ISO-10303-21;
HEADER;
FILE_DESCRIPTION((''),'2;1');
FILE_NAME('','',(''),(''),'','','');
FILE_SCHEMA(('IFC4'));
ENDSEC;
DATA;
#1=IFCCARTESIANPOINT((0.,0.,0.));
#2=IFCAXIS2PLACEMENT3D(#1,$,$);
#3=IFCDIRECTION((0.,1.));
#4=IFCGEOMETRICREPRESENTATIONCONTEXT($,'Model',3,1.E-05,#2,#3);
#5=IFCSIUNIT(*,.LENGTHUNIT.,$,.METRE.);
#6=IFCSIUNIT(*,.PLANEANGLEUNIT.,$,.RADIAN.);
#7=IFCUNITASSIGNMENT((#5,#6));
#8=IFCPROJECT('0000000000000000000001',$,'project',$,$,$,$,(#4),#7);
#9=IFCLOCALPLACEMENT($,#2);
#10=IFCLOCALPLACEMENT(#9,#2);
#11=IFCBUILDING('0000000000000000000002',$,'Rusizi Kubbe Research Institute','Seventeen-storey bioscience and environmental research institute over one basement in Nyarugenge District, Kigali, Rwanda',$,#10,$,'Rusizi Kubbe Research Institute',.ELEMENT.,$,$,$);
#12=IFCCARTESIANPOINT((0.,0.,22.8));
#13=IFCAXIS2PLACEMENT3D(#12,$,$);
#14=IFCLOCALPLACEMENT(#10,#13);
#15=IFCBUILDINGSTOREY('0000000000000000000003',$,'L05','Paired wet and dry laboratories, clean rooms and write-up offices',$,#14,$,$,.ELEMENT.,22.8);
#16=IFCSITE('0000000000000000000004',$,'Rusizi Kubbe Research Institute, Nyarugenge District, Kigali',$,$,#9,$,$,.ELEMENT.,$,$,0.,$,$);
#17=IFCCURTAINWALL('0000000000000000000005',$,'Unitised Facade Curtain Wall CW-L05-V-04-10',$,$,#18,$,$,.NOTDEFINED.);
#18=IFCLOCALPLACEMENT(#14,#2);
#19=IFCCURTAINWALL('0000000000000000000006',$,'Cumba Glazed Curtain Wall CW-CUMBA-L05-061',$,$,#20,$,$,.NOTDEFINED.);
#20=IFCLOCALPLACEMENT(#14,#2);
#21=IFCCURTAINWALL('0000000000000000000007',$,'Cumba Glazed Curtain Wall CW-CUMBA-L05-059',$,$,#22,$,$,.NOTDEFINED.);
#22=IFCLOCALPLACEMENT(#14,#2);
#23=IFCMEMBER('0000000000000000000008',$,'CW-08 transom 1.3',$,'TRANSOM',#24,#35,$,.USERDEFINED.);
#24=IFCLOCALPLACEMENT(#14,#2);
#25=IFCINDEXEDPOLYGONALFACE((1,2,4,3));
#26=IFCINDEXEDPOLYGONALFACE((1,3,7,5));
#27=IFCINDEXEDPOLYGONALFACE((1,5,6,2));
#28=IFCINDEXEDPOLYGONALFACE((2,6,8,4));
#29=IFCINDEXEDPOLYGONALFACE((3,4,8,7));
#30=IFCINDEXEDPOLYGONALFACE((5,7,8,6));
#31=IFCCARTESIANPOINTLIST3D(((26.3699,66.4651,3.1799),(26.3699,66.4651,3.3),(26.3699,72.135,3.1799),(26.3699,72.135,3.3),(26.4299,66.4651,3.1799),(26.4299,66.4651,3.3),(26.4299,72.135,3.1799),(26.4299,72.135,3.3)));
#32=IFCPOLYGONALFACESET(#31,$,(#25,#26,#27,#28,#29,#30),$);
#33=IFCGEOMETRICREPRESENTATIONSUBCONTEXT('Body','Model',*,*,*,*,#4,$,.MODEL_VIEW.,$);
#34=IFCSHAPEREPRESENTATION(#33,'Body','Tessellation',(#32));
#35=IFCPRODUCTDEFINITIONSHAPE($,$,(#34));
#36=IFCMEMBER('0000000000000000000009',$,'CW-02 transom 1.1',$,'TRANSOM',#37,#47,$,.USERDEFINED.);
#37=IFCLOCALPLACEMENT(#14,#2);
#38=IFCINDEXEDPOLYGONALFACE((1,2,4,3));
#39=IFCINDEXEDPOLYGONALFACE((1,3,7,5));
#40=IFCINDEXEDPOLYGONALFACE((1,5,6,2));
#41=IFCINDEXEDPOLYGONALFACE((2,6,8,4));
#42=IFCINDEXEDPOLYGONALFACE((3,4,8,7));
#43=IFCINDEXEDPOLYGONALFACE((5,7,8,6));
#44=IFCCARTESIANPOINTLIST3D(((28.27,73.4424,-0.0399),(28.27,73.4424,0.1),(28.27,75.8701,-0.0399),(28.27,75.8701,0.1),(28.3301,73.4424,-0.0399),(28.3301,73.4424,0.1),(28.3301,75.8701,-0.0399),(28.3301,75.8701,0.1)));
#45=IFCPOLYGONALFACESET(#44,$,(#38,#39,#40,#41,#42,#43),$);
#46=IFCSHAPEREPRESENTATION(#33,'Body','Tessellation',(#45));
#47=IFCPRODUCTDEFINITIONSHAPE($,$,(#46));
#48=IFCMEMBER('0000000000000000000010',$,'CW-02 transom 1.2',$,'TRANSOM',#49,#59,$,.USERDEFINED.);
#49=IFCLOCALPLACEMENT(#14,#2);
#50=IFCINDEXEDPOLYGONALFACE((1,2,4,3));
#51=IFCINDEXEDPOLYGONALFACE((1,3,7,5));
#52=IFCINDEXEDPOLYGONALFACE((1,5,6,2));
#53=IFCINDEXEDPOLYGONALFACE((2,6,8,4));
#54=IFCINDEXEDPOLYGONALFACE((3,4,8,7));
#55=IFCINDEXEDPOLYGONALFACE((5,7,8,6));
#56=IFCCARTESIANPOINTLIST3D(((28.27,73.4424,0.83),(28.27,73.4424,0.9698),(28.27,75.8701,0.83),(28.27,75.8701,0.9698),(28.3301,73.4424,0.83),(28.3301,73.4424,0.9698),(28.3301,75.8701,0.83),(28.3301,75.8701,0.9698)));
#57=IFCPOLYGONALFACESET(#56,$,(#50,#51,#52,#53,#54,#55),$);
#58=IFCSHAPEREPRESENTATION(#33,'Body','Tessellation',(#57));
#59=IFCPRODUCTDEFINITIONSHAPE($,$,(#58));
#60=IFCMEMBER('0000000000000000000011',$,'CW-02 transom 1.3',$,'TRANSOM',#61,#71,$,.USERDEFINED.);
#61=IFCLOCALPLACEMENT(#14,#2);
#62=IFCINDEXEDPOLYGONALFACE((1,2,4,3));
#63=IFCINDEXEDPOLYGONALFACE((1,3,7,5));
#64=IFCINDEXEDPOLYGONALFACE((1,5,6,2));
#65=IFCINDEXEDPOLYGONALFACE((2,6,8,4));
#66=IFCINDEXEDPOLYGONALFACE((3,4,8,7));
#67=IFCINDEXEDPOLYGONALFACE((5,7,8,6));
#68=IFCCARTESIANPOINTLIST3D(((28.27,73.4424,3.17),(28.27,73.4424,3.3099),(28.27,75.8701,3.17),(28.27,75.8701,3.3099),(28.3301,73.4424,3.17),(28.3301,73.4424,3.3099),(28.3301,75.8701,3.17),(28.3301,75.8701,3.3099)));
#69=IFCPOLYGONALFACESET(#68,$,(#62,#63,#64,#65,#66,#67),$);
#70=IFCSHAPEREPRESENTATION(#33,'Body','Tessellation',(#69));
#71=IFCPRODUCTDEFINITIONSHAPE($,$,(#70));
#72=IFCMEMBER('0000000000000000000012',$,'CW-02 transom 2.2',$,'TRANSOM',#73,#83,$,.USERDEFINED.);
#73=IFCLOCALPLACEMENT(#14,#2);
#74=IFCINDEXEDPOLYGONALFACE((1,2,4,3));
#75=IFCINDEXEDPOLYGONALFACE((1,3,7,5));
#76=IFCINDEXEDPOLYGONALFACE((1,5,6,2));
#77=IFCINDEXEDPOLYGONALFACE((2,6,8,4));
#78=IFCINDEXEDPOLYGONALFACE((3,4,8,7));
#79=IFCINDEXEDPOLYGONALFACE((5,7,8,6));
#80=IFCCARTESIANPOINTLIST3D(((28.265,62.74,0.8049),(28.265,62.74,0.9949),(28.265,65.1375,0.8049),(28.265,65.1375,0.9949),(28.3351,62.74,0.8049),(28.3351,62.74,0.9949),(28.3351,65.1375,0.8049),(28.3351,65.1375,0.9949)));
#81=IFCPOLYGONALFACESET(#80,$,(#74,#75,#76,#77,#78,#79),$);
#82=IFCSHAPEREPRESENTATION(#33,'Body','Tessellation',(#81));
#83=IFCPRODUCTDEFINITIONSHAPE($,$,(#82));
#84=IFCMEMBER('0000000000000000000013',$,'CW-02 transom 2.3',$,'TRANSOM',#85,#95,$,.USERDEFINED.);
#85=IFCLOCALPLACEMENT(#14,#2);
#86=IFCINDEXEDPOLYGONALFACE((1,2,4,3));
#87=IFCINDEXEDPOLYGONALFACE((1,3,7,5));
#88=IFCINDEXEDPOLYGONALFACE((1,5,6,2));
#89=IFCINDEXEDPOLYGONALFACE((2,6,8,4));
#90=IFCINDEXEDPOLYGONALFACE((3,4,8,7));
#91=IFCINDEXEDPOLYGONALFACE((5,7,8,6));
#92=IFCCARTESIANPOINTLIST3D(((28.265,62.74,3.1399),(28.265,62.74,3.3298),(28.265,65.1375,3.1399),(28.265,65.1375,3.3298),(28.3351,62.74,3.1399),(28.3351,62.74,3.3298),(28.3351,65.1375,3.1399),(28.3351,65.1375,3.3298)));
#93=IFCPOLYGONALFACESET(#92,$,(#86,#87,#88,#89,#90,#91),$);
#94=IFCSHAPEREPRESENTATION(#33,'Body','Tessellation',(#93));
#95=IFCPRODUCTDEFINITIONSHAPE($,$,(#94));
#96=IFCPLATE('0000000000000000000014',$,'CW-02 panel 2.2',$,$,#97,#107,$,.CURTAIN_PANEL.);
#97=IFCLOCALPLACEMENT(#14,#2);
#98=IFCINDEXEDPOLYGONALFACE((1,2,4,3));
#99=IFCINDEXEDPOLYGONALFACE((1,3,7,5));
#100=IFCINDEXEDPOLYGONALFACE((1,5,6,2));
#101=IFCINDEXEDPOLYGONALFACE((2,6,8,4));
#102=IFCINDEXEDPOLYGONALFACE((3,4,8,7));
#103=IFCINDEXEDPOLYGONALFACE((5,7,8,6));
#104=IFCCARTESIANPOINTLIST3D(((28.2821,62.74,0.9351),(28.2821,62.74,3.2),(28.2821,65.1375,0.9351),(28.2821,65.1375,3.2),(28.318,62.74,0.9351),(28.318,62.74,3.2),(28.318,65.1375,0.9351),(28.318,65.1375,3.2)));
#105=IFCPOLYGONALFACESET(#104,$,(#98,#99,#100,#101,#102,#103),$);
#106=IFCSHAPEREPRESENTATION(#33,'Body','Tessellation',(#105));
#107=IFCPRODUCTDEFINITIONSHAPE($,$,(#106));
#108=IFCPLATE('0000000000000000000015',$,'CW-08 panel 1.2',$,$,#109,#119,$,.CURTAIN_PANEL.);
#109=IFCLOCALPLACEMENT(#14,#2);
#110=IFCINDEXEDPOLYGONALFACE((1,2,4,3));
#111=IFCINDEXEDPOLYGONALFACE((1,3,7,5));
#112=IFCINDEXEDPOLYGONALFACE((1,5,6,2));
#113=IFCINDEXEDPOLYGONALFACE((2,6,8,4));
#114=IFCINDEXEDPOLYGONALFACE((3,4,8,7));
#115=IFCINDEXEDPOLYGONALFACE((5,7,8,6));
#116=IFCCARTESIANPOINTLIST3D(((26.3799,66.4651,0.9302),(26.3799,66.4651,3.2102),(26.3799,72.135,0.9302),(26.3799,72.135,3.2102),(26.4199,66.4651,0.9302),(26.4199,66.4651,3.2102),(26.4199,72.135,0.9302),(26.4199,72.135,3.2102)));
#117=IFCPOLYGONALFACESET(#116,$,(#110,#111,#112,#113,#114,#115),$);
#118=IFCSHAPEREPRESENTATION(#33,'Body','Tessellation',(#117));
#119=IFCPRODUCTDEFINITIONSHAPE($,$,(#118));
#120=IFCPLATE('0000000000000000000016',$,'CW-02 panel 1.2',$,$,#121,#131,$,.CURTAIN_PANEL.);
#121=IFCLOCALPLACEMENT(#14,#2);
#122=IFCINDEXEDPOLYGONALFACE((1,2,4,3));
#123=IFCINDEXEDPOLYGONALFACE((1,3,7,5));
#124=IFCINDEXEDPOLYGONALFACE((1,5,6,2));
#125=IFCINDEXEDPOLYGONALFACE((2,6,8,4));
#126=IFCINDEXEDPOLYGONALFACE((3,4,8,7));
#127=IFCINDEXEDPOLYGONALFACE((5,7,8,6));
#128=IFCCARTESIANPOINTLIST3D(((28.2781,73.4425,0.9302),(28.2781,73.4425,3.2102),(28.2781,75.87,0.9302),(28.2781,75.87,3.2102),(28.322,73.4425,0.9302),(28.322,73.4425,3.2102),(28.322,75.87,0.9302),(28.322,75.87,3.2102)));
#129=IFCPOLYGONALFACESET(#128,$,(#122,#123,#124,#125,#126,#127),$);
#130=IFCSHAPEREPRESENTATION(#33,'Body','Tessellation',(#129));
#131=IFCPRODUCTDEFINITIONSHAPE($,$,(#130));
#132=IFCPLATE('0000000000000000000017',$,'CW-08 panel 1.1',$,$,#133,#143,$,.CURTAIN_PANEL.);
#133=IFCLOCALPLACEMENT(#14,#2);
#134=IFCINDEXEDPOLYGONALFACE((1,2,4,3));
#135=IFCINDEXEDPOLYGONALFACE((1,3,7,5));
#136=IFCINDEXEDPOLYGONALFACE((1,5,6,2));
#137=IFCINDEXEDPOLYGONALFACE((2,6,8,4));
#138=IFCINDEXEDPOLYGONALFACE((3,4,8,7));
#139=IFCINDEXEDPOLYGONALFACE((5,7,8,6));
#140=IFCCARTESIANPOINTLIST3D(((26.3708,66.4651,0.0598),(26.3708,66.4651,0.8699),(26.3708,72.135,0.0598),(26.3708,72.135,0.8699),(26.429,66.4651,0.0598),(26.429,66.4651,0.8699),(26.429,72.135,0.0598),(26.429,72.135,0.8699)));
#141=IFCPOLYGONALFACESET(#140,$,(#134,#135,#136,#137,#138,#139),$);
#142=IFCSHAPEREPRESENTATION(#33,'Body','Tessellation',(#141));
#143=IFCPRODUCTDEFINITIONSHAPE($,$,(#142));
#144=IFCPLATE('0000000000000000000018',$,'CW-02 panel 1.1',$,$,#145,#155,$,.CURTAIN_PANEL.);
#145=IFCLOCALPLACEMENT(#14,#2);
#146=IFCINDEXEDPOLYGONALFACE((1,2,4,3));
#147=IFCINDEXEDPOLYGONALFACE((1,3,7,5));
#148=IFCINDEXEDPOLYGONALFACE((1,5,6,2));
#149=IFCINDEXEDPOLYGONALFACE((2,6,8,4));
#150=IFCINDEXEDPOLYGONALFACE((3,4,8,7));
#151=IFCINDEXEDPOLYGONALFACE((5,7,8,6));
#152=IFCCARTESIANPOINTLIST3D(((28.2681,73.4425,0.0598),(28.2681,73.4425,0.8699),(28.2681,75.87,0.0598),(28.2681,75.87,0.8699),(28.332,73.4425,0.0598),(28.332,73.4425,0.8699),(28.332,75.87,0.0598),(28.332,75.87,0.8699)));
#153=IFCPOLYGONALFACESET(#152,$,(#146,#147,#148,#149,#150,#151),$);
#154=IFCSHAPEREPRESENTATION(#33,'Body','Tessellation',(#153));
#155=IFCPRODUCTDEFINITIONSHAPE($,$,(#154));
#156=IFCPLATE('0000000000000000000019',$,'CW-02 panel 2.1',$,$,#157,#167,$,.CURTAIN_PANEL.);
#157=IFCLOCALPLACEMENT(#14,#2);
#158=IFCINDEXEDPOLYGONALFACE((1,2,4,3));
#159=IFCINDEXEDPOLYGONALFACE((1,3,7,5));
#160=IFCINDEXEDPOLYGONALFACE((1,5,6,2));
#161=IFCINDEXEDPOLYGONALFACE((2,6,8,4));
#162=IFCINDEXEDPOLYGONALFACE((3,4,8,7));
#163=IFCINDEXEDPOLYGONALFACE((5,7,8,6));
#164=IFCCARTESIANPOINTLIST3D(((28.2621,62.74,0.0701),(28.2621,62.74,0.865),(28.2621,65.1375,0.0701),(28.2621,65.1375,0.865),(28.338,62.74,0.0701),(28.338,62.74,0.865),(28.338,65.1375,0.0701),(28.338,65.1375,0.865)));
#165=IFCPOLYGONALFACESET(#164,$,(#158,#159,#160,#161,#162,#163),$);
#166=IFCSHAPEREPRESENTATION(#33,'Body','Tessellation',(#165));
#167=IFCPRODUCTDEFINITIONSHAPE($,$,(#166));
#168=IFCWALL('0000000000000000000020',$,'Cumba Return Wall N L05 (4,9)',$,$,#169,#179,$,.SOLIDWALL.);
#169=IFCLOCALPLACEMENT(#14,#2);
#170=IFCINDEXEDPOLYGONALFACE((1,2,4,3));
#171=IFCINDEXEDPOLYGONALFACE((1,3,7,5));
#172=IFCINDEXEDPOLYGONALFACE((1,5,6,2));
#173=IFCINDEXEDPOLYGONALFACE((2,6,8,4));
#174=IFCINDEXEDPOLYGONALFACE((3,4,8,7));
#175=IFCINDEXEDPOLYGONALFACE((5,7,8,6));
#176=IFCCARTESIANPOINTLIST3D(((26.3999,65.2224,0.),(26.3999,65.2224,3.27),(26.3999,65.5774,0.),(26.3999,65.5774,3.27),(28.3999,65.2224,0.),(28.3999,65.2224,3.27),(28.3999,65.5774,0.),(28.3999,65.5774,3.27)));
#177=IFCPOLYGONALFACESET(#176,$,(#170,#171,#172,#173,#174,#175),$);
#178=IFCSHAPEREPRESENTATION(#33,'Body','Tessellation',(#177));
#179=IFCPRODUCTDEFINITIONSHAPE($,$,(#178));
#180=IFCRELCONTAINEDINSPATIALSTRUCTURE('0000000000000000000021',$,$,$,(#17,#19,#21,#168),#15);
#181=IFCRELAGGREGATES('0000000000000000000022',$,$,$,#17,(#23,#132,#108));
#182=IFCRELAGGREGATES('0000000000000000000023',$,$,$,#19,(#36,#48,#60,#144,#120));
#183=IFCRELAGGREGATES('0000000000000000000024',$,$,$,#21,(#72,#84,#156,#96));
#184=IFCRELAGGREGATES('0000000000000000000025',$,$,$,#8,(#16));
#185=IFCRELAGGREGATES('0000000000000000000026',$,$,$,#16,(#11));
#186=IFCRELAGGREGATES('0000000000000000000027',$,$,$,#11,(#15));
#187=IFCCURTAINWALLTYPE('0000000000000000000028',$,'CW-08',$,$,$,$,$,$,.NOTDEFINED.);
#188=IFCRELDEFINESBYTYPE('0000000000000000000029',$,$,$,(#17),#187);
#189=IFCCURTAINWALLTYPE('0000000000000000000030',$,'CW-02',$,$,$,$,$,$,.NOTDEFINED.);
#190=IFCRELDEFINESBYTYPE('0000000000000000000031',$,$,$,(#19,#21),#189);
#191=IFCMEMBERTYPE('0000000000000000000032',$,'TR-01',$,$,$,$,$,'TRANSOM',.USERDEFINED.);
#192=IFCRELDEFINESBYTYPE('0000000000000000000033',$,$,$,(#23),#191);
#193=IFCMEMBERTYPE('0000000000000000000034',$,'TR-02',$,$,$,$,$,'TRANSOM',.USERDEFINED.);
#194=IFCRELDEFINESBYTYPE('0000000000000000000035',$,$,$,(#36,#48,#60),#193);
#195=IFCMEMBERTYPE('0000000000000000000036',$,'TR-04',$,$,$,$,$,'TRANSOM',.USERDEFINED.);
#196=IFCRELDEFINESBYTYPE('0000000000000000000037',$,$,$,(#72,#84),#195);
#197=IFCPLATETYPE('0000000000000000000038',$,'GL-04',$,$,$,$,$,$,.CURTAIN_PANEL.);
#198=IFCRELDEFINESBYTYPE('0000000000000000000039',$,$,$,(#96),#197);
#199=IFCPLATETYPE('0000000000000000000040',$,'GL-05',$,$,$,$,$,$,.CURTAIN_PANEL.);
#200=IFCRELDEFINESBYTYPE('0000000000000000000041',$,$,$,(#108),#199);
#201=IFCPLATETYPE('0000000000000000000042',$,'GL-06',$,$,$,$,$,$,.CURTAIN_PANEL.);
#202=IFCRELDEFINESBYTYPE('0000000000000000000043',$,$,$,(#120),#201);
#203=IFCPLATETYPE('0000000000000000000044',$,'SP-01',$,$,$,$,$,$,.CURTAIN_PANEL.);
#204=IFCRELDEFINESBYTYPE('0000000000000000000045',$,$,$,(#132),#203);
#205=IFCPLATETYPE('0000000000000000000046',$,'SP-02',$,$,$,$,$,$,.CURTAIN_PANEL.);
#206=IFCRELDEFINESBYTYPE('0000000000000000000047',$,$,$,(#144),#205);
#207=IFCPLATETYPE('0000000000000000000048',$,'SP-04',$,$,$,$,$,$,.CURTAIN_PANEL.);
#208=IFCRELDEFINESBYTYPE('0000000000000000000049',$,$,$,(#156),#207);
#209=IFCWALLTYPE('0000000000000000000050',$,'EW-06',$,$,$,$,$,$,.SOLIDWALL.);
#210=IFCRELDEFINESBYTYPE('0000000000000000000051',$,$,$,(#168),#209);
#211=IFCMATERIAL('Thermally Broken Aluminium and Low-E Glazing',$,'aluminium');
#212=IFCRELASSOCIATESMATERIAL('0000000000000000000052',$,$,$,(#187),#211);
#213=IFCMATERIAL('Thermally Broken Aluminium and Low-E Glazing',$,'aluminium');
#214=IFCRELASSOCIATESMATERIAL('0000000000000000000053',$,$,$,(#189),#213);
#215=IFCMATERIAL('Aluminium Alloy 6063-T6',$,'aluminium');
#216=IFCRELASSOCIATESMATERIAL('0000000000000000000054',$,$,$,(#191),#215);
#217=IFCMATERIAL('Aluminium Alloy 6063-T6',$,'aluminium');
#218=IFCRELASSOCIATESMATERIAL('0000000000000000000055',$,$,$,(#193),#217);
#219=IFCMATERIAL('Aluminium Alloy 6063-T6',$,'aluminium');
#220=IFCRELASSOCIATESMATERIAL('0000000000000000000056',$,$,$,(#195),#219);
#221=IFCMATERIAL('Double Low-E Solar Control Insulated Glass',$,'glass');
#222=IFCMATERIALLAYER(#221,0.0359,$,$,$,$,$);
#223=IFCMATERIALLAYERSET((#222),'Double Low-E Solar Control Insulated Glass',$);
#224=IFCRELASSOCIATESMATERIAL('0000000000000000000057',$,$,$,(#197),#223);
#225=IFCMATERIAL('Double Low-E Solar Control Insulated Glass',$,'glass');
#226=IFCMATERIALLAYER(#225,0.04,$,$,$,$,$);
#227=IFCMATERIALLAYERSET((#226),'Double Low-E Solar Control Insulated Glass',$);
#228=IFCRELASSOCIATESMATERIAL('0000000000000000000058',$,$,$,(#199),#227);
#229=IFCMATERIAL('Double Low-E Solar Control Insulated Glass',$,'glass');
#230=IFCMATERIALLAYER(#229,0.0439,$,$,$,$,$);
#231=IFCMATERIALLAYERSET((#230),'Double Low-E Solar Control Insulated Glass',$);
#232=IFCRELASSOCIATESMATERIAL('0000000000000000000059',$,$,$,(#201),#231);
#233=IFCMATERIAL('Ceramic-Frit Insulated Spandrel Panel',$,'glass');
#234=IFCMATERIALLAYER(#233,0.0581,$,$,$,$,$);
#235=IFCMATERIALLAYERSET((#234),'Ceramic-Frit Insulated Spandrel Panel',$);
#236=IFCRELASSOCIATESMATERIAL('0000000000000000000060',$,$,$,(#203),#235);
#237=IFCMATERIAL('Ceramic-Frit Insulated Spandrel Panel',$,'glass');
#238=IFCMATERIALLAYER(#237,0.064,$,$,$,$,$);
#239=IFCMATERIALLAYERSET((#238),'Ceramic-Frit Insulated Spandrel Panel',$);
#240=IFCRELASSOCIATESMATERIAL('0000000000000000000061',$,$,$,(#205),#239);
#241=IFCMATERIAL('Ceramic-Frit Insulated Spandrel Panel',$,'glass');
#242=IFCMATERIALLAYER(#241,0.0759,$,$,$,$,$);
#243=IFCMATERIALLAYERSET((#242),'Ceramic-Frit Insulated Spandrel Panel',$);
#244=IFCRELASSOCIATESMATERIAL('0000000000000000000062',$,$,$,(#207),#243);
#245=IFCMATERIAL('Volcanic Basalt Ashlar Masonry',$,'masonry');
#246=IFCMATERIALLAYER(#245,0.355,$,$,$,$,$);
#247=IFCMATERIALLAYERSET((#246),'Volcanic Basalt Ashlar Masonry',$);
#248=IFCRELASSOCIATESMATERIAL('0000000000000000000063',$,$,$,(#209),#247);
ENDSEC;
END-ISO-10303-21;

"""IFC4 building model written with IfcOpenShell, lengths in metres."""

from ifc_helpers import new_model, si_unit, direction, frame, frame_2d, origin, origin_2d, place, context, subcontext, project, spatial, rectangle, extrude, material, layer, layer_set, material_profile, profile_set, type_object, element, aggregate, save


model = new_model("IFC4")

# Units and contexts
model_context = context("Model", 3, precision=1e-05, world=origin(), true_north=direction((0.0, 1.0)))
body_context = subcontext(model_context, "Body", "Model", "MODEL_VIEW")
ifc_project = project(units=[si_unit("LENGTHUNIT", "METRE"), si_unit("PLANEANGLEUNIT", "RADIAN")], contexts=[model_context])

# Site, building, storey
site_placement = place(None, origin())
site = spatial("IfcSite", under=ifc_project, at=site_placement, Name="Rusizi Kubbe Research Institute, Nyarugenge District, Kigali", CompositionType="ELEMENT", RefElevation=0.0)
building_placement = place(site_placement, origin())
building = spatial("IfcBuilding", under=site, at=building_placement, Name="Rusizi Kubbe Research Institute", Description="Seventeen-storey bioscience and environmental research institute over one basement in Nyarugenge District, Kigali, Rwanda", LongName="Rusizi Kubbe Research Institute", CompositionType="ELEMENT")
storey_placement = place(building_placement, frame((0.0, 0.0, 22.8)))
storey = spatial("IfcBuildingStorey", under=building, at=storey_placement, Name="L05", Description="Paired wet and dry laboratories, clean rooms and write-up offices", CompositionType="ELEMENT", Elevation=22.8)

# Curtain wall
ifc_material_1 = material(Name="Thermally Broken Aluminium and Low-E Glazing", Category="aluminium")
curtain_wall_type_1 = type_object("IfcCurtainWallType", Name="CW-08", PredefinedType="NOTDEFINED", material=ifc_material_1)
curtain_wall_1_placement = place(storey_placement, origin())
curtain_wall_1 = element("IfcCurtainWall", 1, at=curtain_wall_1_placement, inside=storey, type_object=curtain_wall_type_1, Name="Unitised Facade Curtain Wall CW-L05-V-04-10", PredefinedType="NOTDEFINED")

# Curtain walls
ifc_material_2 = material(Name="Thermally Broken Aluminium and Low-E Glazing", Category="aluminium")
curtain_wall_type_2 = type_object("IfcCurtainWallType", Name="CW-02", PredefinedType="NOTDEFINED", material=ifc_material_2)
curtain_wall_2_placement = place(storey_placement, origin())
curtain_wall_2 = element("IfcCurtainWall", 2, at=curtain_wall_2_placement, inside=storey, type_object=curtain_wall_type_2, Name="Cumba Glazed Curtain Wall CW-CUMBA-L05-061", PredefinedType="NOTDEFINED")
curtain_wall_3_placement = place(storey_placement, origin())
curtain_wall_3 = element("IfcCurtainWall", 3, at=curtain_wall_3_placement, inside=storey, type_object=curtain_wall_type_2, Name="Cumba Glazed Curtain Wall CW-CUMBA-L05-059", PredefinedType="NOTDEFINED")

# Members
ifc_material_3 = material(Name="Aluminium Alloy 6063-T6", Category="aluminium")
ifc_material_profile_1 = material_profile(ifc_material_3, rectangle(XDim=0.0601, YDim=0.1201, at=origin_2d()), Name="ALU-T 60x120")
ifc_profile_set_1 = profile_set([ifc_material_profile_1], Name="Aluminium Alloy 6063-T6")
member_type_1 = type_object("IfcMemberType", Name="TR-01", ElementType="TRANSOM", PredefinedType="USERDEFINED", material=ifc_profile_set_1)
member_1_placement = place(storey_placement, frame((26.3999, 66.4651, 3.24), z_axis=(0.0, 1.0, 0.0), x_axis=(-1.0, 0.0, 0.0)))
member_1 = element("IfcMember", 4, at=member_1_placement, type_object=member_type_1, Name="CW-08 transom 1.3", ObjectType="TRANSOM", PredefinedType="USERDEFINED", context=body_context, shape_type="SweptSolid", body=[
    extrude(rectangle(XDim=0.0601, YDim=0.1201, at=origin_2d()), origin(), (0.0, 0.0, 1.0), 5.6699),
])
ifc_material_4 = material(Name="Aluminium Alloy 6063-T6", Category="aluminium")
ifc_material_profile_2 = material_profile(ifc_material_4, rectangle(XDim=0.0601, YDim=0.1399, at=origin_2d()), Name="ALU-T 60x140")
ifc_profile_set_2 = profile_set([ifc_material_profile_2], Name="Aluminium Alloy 6063-T6")
member_type_2 = type_object("IfcMemberType", Name="TR-02", ElementType="TRANSOM", PredefinedType="USERDEFINED", material=ifc_profile_set_2)
member_2_placement = place(storey_placement, frame((28.3, 73.4424, 0.03), z_axis=(0.0, 1.0, 0.0), x_axis=(-1.0, 0.0, 0.0)))
member_2 = element("IfcMember", 5, at=member_2_placement, type_object=member_type_2, Name="CW-02 transom 1.1", ObjectType="TRANSOM", PredefinedType="USERDEFINED", context=body_context, shape_type="SweptSolid", body=[
    extrude(rectangle(XDim=0.0601, YDim=0.1399, at=origin_2d()), origin(), (0.0, 0.0, 1.0), 2.4277),
])
member_3_placement = place(storey_placement, frame((28.3, 73.4424, 0.8999), z_axis=(0.0, 1.0, 0.0), x_axis=(-1.0, 0.0, 0.0)))
member_3 = element("IfcMember", 6, at=member_3_placement, type_object=member_type_2, Name="CW-02 transom 1.2", ObjectType="TRANSOM", PredefinedType="USERDEFINED", context=body_context, shape_type="SweptSolid", body=[
    extrude(rectangle(XDim=0.0601, YDim=0.1399, at=origin_2d()), origin(), (0.0, 0.0, 1.0), 2.4277),
])
member_4_placement = place(storey_placement, frame((28.3, 73.4424, 3.24), z_axis=(0.0, 1.0, 0.0), x_axis=(-1.0, 0.0, 0.0)))
member_4 = element("IfcMember", 7, at=member_4_placement, type_object=member_type_2, Name="CW-02 transom 1.3", ObjectType="TRANSOM", PredefinedType="USERDEFINED", context=body_context, shape_type="SweptSolid", body=[
    extrude(rectangle(XDim=0.0601, YDim=0.1399, at=origin_2d()), origin(), (0.0, 0.0, 1.0), 2.4277),
])
ifc_material_5 = material(Name="Aluminium Alloy 6063-T6", Category="aluminium")
ifc_material_profile_3 = material_profile(ifc_material_5, rectangle(XDim=0.0701, YDim=0.1899, at=origin_2d()), Name="ALU-T 70x190")
ifc_profile_set_3 = profile_set([ifc_material_profile_3], Name="Aluminium Alloy 6063-T6")
member_type_3 = type_object("IfcMemberType", Name="TR-04", ElementType="TRANSOM", PredefinedType="USERDEFINED", material=ifc_profile_set_3)
member_5_placement = place(storey_placement, frame((28.3, 62.74, 0.8999), z_axis=(0.0, 1.0, 0.0), x_axis=(-1.0, 0.0, 0.0)))
member_5 = element("IfcMember", 8, at=member_5_placement, type_object=member_type_3, Name="CW-02 transom 2.2", ObjectType="TRANSOM", PredefinedType="USERDEFINED", context=body_context, shape_type="SweptSolid", body=[
    extrude(rectangle(XDim=0.0701, YDim=0.1899, at=origin_2d()), origin(), (0.0, 0.0, 1.0), 2.3975),
])
member_6_placement = place(storey_placement, frame((28.3, 62.74, 3.2349), z_axis=(0.0, 1.0, 0.0), x_axis=(-1.0, 0.0, 0.0)))
member_6 = element("IfcMember", 9, at=member_6_placement, type_object=member_type_3, Name="CW-02 transom 2.3", ObjectType="TRANSOM", PredefinedType="USERDEFINED", context=body_context, shape_type="SweptSolid", body=[
    extrude(rectangle(XDim=0.0701, YDim=0.1899, at=origin_2d()), origin(), (0.0, 0.0, 1.0), 2.3975),
])

# Plates
ifc_material_6 = material(Name="Double Low-E Solar Control Insulated Glass", Category="glass")
ifc_layer_1 = layer(ifc_material_6, 0.0359)
ifc_layer_set_1 = layer_set([ifc_layer_1], Name="Double Low-E Solar Control Insulated Glass")
plate_type_1 = type_object("IfcPlateType", Name="GL-04", PredefinedType="CURTAIN_PANEL", material=ifc_layer_set_1)
plate_1_placement = place(storey_placement, frame((28.3, 63.9387, 0.9351), z_axis=(0.0, 0.0, 1.0), x_axis=(0.0, 1.0, 0.0)))
plate_1 = element("IfcPlate", 10, at=plate_1_placement, type_object=plate_type_1, Name="CW-02 panel 2.2", PredefinedType="CURTAIN_PANEL", context=body_context, shape_type="SweptSolid", body=[
    extrude(rectangle(XDim=2.3975, YDim=0.0359, at=origin_2d()), origin(), (0.0, 0.0, 1.0), 2.2649),
])
ifc_material_7 = material(Name="Double Low-E Solar Control Insulated Glass", Category="glass")
ifc_layer_2 = layer(ifc_material_7, 0.04)
ifc_layer_set_2 = layer_set([ifc_layer_2], Name="Double Low-E Solar Control Insulated Glass")
plate_type_2 = type_object("IfcPlateType", Name="GL-05", PredefinedType="CURTAIN_PANEL", material=ifc_layer_set_2)
plate_2_placement = place(storey_placement, frame((26.3999, 69.3, 0.9302), z_axis=(0.0, 0.0, 1.0), x_axis=(0.0, 1.0, 0.0)))
plate_2 = element("IfcPlate", 11, at=plate_2_placement, type_object=plate_type_2, Name="CW-08 panel 1.2", PredefinedType="CURTAIN_PANEL", context=body_context, shape_type="SweptSolid", body=[
    extrude(rectangle(XDim=5.6699, YDim=0.04, at=origin_2d()), origin(), (0.0, 0.0, 1.0), 2.28),
])
ifc_material_8 = material(Name="Double Low-E Solar Control Insulated Glass", Category="glass")
ifc_layer_3 = layer(ifc_material_8, 0.0439)
ifc_layer_set_3 = layer_set([ifc_layer_3], Name="Double Low-E Solar Control Insulated Glass")
plate_type_3 = type_object("IfcPlateType", Name="GL-06", PredefinedType="CURTAIN_PANEL", material=ifc_layer_set_3)
plate_3_placement = place(storey_placement, frame((28.3, 74.6562, 0.9302), z_axis=(0.0, 0.0, 1.0), x_axis=(0.0, 1.0, 0.0)))
plate_3 = element("IfcPlate", 12, at=plate_3_placement, type_object=plate_type_3, Name="CW-02 panel 1.2", PredefinedType="CURTAIN_PANEL", context=body_context, shape_type="SweptSolid", body=[
    extrude(rectangle(XDim=2.4275, YDim=0.0439, at=origin_2d()), origin(), (0.0, 0.0, 1.0), 2.28),
])
ifc_material_9 = material(Name="Ceramic-Frit Insulated Spandrel Panel", Category="glass")
ifc_layer_4 = layer(ifc_material_9, 0.0581)
ifc_layer_set_4 = layer_set([ifc_layer_4], Name="Ceramic-Frit Insulated Spandrel Panel")
plate_type_4 = type_object("IfcPlateType", Name="SP-01", PredefinedType="CURTAIN_PANEL", material=ifc_layer_set_4)
plate_4_placement = place(storey_placement, frame((26.3999, 69.3, 0.0598), z_axis=(0.0, 0.0, 1.0), x_axis=(0.0, 1.0, 0.0)))
plate_4 = element("IfcPlate", 13, at=plate_4_placement, type_object=plate_type_4, Name="CW-08 panel 1.1", PredefinedType="CURTAIN_PANEL", context=body_context, shape_type="SweptSolid", body=[
    extrude(rectangle(XDim=5.6699, YDim=0.0581, at=origin_2d()), origin(), (0.0, 0.0, 1.0), 0.8101),
])
aggregate(curtain_wall_1, [member_1, plate_4, plate_2])
ifc_material_10 = material(Name="Ceramic-Frit Insulated Spandrel Panel", Category="glass")
ifc_layer_5 = layer(ifc_material_10, 0.064)
ifc_layer_set_5 = layer_set([ifc_layer_5], Name="Ceramic-Frit Insulated Spandrel Panel")
plate_type_5 = type_object("IfcPlateType", Name="SP-02", PredefinedType="CURTAIN_PANEL", material=ifc_layer_set_5)
plate_5_placement = place(storey_placement, frame((28.3, 74.6562, 0.0598), z_axis=(0.0, 0.0, 1.0), x_axis=(0.0, 1.0, 0.0)))
plate_5 = element("IfcPlate", 14, at=plate_5_placement, type_object=plate_type_5, Name="CW-02 panel 1.1", PredefinedType="CURTAIN_PANEL", context=body_context, shape_type="SweptSolid", body=[
    extrude(rectangle(XDim=2.4275, YDim=0.064, at=origin_2d()), origin(), (0.0, 0.0, 1.0), 0.8101),
])
aggregate(curtain_wall_2, [member_2, member_3, member_4, plate_5, plate_3])
ifc_material_11 = material(Name="Ceramic-Frit Insulated Spandrel Panel", Category="glass")
ifc_layer_6 = layer(ifc_material_11, 0.0759)
ifc_layer_set_6 = layer_set([ifc_layer_6], Name="Ceramic-Frit Insulated Spandrel Panel")
plate_type_6 = type_object("IfcPlateType", Name="SP-04", PredefinedType="CURTAIN_PANEL", material=ifc_layer_set_6)
plate_6_placement = place(storey_placement, frame((28.3, 63.9387, 0.0701), z_axis=(0.0, 0.0, 1.0), x_axis=(0.0, 1.0, 0.0)))
plate_6 = element("IfcPlate", 15, at=plate_6_placement, type_object=plate_type_6, Name="CW-02 panel 2.1", PredefinedType="CURTAIN_PANEL", context=body_context, shape_type="SweptSolid", body=[
    extrude(rectangle(XDim=2.3975, YDim=0.0759, at=origin_2d()), origin(), (0.0, 0.0, 1.0), 0.7949),
])
aggregate(curtain_wall_3, [member_5, member_6, plate_6, plate_1])

# Wall
ifc_material_12 = material(Name="Volcanic Basalt Ashlar Masonry", Category="masonry")
ifc_layer_7 = layer(ifc_material_12, 0.355)
ifc_layer_set_7 = layer_set([ifc_layer_7], Name="Volcanic Basalt Ashlar Masonry")
wall_type_1 = type_object("IfcWallType", Name="EW-06", PredefinedType="SOLIDWALL", material=ifc_layer_set_7)
for number, where, z_axis, x_axis, name in (
    (16, (26.3999, 65.3999, 0.0), (0.0, 0.0, 1.0), (1.0, 0.0, 0.0), "Cumba Return Wall N L05 (4,9)"),
):
    element("IfcWall", number, at=place(storey_placement, frame(where, z_axis=z_axis, x_axis=x_axis)), inside=storey, type_object=wall_type_1, Name=name, PredefinedType="SOLIDWALL", context=body_context, shape_type="SweptSolid", body=[
        extrude(rectangle(XDim=2.0, YDim=0.355, at=frame_2d((1.0, 0.0))), origin(), (0.0, 0.0, 1.0), 3.27),
    ])

save(model, "model.ifc")
